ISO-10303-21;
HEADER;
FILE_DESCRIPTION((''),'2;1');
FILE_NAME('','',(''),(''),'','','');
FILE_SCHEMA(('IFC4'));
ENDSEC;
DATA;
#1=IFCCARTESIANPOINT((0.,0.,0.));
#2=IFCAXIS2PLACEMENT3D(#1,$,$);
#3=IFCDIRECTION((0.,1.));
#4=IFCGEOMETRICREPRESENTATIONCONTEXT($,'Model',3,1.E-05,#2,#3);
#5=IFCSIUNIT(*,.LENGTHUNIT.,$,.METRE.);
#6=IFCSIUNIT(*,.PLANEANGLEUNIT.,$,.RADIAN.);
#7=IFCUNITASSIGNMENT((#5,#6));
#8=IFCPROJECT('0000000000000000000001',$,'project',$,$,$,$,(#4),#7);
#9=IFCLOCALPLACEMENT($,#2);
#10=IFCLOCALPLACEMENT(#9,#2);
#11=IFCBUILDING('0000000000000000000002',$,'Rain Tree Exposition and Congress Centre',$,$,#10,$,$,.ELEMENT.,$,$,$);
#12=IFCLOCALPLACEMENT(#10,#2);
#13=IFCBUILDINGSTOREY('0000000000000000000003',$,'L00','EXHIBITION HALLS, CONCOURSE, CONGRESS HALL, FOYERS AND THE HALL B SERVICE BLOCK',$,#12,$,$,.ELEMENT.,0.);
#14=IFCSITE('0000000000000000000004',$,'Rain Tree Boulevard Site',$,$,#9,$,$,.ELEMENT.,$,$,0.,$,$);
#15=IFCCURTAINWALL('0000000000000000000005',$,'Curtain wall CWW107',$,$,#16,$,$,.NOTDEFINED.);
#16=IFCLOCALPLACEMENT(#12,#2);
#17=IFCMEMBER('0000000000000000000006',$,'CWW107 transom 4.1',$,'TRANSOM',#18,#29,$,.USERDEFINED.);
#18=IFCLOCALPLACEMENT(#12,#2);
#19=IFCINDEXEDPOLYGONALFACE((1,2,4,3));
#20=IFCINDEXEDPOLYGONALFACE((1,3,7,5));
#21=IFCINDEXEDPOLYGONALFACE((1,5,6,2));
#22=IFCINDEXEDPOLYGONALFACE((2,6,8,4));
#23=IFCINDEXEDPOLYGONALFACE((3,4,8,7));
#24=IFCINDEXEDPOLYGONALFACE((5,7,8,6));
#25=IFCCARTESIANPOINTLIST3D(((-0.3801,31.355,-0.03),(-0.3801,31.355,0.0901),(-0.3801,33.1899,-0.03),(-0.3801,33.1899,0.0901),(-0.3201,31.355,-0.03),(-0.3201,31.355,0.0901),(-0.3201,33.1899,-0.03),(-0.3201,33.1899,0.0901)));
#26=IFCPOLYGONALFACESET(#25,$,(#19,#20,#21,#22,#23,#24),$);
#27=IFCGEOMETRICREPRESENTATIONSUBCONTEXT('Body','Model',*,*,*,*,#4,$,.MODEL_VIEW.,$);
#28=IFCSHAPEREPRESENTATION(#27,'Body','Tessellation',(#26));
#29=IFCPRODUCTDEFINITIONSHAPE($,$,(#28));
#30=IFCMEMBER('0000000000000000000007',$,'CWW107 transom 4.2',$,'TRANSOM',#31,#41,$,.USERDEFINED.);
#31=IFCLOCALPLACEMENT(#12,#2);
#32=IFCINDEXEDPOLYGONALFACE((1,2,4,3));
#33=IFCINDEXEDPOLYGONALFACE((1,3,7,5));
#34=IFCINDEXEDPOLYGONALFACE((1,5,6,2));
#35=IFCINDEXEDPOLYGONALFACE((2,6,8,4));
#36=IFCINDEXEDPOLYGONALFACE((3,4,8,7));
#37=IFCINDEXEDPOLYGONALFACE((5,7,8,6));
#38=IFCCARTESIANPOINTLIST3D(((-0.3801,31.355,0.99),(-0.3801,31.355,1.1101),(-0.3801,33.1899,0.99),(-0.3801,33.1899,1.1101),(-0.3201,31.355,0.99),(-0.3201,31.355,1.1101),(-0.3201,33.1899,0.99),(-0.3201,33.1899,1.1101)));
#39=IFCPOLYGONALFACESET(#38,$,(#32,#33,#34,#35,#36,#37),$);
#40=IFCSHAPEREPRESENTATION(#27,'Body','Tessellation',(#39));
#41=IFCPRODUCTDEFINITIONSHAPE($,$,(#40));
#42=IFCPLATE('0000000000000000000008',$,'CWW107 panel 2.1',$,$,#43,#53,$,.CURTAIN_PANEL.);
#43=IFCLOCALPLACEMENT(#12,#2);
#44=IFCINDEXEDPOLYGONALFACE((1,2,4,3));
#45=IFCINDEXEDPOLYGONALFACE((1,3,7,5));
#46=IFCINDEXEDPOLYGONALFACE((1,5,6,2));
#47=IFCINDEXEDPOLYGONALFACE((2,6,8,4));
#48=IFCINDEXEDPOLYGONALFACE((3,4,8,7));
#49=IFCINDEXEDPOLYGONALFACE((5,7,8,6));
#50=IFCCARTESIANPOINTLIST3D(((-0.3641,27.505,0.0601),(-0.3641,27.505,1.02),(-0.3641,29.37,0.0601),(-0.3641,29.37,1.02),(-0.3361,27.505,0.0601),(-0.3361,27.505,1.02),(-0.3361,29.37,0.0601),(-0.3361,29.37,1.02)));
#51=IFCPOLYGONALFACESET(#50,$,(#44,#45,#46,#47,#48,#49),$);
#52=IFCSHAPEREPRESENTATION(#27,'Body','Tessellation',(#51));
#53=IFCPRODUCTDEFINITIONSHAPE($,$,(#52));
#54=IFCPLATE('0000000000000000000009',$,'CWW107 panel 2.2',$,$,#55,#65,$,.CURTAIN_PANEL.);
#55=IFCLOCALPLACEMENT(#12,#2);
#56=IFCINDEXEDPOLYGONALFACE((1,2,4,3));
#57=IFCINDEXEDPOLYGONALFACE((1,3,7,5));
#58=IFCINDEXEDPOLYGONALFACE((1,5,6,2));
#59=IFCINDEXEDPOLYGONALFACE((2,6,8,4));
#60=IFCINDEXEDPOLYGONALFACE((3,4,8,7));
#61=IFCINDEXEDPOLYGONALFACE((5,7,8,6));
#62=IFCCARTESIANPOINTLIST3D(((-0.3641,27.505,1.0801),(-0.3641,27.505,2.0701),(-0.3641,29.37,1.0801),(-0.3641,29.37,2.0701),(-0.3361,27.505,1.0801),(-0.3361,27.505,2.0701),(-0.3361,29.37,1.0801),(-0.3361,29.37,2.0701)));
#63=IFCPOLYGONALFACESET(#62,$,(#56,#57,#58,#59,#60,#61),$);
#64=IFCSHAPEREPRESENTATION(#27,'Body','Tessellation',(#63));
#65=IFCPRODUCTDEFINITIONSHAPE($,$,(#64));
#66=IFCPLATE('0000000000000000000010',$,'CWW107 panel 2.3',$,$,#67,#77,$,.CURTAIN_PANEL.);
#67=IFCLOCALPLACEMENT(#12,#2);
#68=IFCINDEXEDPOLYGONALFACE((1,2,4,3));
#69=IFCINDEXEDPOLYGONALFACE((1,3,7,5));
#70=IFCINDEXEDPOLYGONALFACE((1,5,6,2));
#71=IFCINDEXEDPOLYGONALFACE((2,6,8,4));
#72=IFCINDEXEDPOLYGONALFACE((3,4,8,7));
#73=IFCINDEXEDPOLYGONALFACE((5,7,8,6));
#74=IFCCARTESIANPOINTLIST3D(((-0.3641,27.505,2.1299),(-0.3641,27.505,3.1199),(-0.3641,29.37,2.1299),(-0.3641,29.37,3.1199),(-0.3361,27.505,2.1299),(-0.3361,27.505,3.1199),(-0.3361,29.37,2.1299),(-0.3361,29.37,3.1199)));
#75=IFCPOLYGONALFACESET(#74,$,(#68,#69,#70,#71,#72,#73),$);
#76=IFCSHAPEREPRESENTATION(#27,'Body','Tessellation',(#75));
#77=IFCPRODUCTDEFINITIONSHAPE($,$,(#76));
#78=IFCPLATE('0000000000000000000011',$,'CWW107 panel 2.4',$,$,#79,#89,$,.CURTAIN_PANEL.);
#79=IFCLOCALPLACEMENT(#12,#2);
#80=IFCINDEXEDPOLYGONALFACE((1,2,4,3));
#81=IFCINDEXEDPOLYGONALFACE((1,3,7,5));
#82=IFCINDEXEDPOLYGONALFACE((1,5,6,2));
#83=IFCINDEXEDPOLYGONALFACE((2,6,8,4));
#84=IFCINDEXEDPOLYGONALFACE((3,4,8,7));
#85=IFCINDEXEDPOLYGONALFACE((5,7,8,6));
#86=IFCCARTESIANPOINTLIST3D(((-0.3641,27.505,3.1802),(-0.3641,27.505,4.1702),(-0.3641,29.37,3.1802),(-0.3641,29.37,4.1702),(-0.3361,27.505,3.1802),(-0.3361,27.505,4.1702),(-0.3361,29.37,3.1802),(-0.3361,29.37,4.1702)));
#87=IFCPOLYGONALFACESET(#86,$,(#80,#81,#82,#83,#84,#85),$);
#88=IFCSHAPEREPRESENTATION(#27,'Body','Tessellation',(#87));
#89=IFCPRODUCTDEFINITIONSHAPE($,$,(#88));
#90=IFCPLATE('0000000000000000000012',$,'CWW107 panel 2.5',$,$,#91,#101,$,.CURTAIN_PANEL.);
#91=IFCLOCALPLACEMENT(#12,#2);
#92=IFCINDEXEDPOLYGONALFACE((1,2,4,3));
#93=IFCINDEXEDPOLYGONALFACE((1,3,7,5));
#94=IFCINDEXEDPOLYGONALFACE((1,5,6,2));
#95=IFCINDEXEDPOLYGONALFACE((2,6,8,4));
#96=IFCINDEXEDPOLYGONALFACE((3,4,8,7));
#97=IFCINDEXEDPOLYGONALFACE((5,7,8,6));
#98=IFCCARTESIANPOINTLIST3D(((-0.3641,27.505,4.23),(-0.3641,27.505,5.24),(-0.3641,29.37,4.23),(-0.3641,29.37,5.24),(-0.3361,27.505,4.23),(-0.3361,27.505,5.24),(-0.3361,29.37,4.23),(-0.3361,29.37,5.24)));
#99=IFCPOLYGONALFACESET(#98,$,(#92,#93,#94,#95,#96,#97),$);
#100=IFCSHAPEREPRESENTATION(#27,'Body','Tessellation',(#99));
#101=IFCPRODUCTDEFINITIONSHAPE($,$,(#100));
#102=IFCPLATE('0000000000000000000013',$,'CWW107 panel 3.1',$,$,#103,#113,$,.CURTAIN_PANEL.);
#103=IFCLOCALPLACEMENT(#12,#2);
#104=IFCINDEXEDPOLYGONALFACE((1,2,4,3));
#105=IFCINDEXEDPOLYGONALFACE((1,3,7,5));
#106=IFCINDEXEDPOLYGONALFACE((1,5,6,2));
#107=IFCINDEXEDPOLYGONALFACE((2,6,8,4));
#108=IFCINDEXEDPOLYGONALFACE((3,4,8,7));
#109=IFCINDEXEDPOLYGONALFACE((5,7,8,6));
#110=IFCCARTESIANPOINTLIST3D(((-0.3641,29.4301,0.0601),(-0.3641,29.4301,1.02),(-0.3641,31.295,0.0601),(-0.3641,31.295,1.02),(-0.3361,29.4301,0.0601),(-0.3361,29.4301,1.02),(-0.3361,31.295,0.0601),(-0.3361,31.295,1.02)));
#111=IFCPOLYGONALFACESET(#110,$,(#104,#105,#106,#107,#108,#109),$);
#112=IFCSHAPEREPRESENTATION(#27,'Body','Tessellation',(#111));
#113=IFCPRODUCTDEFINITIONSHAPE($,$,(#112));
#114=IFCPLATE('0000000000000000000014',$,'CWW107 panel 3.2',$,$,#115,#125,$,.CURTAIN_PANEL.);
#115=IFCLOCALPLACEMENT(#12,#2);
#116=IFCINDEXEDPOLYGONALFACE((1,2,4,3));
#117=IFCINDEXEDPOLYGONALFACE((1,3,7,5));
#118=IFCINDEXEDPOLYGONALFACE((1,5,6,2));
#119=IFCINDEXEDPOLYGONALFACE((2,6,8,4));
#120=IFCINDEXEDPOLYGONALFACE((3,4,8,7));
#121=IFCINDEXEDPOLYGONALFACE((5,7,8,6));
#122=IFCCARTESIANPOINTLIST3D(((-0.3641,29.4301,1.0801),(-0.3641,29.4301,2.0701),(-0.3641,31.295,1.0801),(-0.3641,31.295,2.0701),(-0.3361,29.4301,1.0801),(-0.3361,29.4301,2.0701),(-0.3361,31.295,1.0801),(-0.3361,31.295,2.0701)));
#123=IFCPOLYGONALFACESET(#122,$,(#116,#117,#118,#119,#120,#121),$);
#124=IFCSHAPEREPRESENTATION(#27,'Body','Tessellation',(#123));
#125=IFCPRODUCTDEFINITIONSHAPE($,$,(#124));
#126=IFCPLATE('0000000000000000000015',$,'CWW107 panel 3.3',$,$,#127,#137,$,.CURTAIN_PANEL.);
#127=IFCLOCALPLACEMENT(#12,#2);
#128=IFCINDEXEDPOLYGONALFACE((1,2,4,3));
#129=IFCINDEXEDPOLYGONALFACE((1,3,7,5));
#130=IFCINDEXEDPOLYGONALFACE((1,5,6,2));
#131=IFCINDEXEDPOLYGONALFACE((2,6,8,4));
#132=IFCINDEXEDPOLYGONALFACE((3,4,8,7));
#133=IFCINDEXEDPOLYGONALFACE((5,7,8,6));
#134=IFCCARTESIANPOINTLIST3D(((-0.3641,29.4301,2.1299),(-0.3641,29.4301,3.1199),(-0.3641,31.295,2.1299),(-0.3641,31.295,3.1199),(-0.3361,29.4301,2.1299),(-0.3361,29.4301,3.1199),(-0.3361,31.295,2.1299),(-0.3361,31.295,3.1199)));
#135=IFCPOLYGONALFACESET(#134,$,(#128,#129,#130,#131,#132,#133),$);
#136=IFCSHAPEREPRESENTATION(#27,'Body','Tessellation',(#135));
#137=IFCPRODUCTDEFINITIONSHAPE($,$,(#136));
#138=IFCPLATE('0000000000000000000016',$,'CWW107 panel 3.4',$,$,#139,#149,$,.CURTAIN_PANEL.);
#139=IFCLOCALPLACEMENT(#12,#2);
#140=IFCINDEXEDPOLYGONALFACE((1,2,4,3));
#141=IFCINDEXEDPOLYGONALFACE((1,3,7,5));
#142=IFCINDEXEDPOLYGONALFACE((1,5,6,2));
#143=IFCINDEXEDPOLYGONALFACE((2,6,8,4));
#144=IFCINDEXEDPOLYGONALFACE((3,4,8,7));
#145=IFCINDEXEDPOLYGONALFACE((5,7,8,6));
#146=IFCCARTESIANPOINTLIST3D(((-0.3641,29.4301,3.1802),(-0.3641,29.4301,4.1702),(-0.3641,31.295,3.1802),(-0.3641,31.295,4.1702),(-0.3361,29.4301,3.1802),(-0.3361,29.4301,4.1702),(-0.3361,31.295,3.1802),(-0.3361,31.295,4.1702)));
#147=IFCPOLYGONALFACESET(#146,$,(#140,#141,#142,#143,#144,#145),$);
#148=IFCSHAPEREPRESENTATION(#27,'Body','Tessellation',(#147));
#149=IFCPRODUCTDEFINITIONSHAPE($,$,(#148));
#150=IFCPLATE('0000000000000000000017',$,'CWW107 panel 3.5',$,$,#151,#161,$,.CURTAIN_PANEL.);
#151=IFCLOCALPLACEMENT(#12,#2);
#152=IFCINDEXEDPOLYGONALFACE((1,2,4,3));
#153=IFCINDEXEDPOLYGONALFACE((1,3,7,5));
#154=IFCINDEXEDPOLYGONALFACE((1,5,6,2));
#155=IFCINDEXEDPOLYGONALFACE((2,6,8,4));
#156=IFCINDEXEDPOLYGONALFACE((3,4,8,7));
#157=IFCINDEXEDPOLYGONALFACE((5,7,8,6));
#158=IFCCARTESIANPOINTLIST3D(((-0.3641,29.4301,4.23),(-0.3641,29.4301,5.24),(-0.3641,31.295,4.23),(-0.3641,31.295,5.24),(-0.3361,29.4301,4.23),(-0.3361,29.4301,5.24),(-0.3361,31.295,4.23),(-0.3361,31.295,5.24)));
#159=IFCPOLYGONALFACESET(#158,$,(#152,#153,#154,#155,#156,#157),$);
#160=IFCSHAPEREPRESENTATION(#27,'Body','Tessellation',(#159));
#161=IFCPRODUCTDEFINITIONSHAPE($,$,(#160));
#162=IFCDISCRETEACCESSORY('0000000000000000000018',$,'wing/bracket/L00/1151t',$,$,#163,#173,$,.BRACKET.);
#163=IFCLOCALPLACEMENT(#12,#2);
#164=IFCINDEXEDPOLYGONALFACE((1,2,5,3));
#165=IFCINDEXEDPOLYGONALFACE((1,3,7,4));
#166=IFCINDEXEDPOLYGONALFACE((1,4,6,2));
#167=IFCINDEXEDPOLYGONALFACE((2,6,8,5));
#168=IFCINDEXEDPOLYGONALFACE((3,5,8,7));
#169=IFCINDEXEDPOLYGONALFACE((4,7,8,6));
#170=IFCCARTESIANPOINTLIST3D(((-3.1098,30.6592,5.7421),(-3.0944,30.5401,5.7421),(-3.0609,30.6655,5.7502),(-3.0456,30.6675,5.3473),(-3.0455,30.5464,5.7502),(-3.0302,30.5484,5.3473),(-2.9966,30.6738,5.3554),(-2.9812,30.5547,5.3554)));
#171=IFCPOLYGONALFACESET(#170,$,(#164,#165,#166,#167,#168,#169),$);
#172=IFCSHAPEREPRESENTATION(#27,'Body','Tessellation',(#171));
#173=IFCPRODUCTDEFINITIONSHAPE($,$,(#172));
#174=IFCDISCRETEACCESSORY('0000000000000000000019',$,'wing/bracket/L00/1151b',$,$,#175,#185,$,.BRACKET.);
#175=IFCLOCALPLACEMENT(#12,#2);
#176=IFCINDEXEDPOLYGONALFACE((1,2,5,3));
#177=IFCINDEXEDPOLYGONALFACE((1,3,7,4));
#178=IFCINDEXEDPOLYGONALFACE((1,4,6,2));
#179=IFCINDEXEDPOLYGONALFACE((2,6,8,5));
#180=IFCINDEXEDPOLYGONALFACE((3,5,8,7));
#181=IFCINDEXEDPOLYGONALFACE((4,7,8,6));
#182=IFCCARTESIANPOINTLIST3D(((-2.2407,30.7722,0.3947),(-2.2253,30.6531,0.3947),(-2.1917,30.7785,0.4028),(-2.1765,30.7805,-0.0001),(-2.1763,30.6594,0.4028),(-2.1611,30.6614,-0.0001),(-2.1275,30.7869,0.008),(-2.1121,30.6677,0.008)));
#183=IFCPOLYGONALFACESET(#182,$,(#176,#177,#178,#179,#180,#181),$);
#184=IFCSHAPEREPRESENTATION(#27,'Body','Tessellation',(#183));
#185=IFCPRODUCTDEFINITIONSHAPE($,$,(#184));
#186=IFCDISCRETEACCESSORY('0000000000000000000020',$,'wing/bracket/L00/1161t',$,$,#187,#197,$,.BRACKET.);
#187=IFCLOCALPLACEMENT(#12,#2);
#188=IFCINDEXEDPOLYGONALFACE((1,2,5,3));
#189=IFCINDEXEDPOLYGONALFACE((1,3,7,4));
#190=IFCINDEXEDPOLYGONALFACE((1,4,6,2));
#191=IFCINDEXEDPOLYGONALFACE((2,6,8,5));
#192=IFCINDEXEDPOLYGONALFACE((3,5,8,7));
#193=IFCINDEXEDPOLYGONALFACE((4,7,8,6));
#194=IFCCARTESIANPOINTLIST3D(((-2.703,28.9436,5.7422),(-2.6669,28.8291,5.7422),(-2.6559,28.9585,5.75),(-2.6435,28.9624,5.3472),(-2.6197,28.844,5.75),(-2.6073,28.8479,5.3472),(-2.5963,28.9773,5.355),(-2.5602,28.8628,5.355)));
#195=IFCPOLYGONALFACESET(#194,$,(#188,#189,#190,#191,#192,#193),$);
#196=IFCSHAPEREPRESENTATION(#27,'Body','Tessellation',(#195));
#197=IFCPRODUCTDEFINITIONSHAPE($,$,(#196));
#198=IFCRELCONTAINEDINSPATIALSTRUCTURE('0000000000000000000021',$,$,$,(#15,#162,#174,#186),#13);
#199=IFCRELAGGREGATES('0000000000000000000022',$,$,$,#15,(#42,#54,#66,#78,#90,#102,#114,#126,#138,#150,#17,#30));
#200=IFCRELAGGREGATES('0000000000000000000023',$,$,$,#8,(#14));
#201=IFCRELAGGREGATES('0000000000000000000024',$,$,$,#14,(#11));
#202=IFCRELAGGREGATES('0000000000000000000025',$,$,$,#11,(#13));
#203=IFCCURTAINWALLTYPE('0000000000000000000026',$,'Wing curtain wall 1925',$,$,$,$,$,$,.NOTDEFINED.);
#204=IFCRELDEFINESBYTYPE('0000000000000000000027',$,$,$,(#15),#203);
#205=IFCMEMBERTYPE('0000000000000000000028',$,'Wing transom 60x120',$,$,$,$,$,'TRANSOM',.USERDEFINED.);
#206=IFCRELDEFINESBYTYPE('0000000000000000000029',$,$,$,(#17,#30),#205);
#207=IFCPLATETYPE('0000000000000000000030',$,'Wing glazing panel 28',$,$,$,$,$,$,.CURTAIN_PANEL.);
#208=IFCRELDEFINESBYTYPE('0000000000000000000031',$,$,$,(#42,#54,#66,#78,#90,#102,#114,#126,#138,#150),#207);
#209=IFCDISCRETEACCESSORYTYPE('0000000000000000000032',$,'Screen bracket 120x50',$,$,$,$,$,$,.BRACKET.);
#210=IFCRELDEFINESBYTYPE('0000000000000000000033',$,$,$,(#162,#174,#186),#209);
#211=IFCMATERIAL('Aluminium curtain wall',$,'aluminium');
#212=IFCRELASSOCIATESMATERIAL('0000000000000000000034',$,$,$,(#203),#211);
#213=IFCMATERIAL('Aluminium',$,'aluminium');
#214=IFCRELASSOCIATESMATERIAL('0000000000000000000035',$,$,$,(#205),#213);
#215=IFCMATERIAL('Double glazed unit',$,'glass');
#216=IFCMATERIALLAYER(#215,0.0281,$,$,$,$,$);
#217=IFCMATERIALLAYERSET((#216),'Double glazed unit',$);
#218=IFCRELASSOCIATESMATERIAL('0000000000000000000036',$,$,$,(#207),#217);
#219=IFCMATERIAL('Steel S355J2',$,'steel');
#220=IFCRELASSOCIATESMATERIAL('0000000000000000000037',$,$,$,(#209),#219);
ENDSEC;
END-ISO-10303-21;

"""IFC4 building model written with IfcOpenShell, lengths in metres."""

from ifc_helpers import new_model, si_unit, direction, frame, origin, origin_2d, place, context, subcontext, project, spatial, rectangle, extrude, material, layer, layer_set, material_profile, profile_set, type_object, element, aggregate, save


model = new_model("IFC4")

# Units and contexts
model_context = context("Model", 3, precision=1e-05, world=origin(), true_north=direction((0.0, 1.0)))
body_context = subcontext(model_context, "Body", "Model", "MODEL_VIEW")
ifc_project = project(units=[si_unit("LENGTHUNIT", "METRE"), si_unit("PLANEANGLEUNIT", "RADIAN")], contexts=[model_context])

# Site, building, storey
site_placement = place(None, origin())
site = spatial("IfcSite", under=ifc_project, at=site_placement, Name="Rain Tree Boulevard Site", CompositionType="ELEMENT", RefElevation=0.0)
building_placement = place(site_placement, origin())
building = spatial("IfcBuilding", under=site, at=building_placement, Name="Rain Tree Exposition and Congress Centre", CompositionType="ELEMENT")
storey_placement = place(building_placement, origin())
storey = spatial("IfcBuildingStorey", under=building, at=storey_placement, Name="L00", Description="EXHIBITION HALLS, CONCOURSE, CONGRESS HALL, FOYERS AND THE HALL B SERVICE BLOCK", CompositionType="ELEMENT", Elevation=0.0)

# Curtain wall, members, plates
ifc_material_1 = material(Name="Aluminium curtain wall", Category="aluminium")
curtain_wall_type = type_object("IfcCurtainWallType", Name="Wing curtain wall 1925", PredefinedType="NOTDEFINED", material=ifc_material_1)
curtain_wall_placement = place(storey_placement, origin())
curtain_wall = element("IfcCurtainWall", 1, at=curtain_wall_placement, inside=storey, type_object=curtain_wall_type, Name="Curtain wall CWW107", PredefinedType="NOTDEFINED")
ifc_material_2 = material(Name="Aluminium", Category="aluminium")
ifc_material_profile_1 = material_profile(ifc_material_2, rectangle(XDim=0.0601, YDim=0.1201, at=origin_2d()), Name="Aluminium 60x120")
ifc_profile_set_1 = profile_set([ifc_material_profile_1], Name="Aluminium")
member_type_1 = type_object("IfcMemberType", Name="Wing transom 60x120", ElementType="TRANSOM", PredefinedType="USERDEFINED", material=ifc_profile_set_1)
member_1_placement = place(storey_placement, frame((-0.3501, 31.355, 0.03), z_axis=(0.0, 1.0, 0.0), x_axis=(-1.0, 0.0, 0.0)))
member_1 = element("IfcMember", 2, at=member_1_placement, type_object=member_type_1, Name="CWW107 transom 4.1", ObjectType="TRANSOM", PredefinedType="USERDEFINED", context=body_context, shape_type="SweptSolid", body=[
    extrude(rectangle(XDim=0.0601, YDim=0.1201, at=origin_2d()), origin(), (0.0, 0.0, 1.0), 1.835),
])
member_2_placement = place(storey_placement, frame((-0.3501, 31.355, 1.05), z_axis=(0.0, 1.0, 0.0), x_axis=(-1.0, 0.0, 0.0)))
member_2 = element("IfcMember", 3, at=member_2_placement, type_object=member_type_1, Name="CWW107 transom 4.2", ObjectType="TRANSOM", PredefinedType="USERDEFINED", context=body_context, shape_type="SweptSolid", body=[
    extrude(rectangle(XDim=0.0601, YDim=0.1201, at=origin_2d()), origin(), (0.0, 0.0, 1.0), 1.835),
])
ifc_material_3 = material(Name="Double glazed unit", Category="glass")
ifc_layer_1 = layer(ifc_material_3, 0.0281)
ifc_layer_set_1 = layer_set([ifc_layer_1], Name="Double glazed unit")
plate_type = type_object("IfcPlateType", Name="Wing glazing panel 28", PredefinedType="CURTAIN_PANEL", material=ifc_layer_set_1)
plate_1_placement = place(storey_placement, frame((-0.3501, 28.4375, 0.0601), z_axis=(0.0, 0.0, 1.0), x_axis=(0.0, 1.0, 0.0)))
plate_1 = element("IfcPlate", 4, at=plate_1_placement, type_object=plate_type, Name="CWW107 panel 2.1", PredefinedType="CURTAIN_PANEL", context=body_context, shape_type="SweptSolid", body=[
    extrude(rectangle(XDim=1.865, YDim=0.0281, at=origin_2d()), origin(), (0.0, 0.0, 1.0), 0.96),
])
plate_2_placement = place(storey_placement, frame((-0.3501, 28.4375, 1.0801), z_axis=(0.0, 0.0, 1.0), x_axis=(0.0, 1.0, 0.0)))
plate_2 = element("IfcPlate", 5, at=plate_2_placement, type_object=plate_type, Name="CWW107 panel 2.2", PredefinedType="CURTAIN_PANEL", context=body_context, shape_type="SweptSolid", body=[
    extrude(rectangle(XDim=1.865, YDim=0.0281, at=origin_2d()), origin(), (0.0, 0.0, 1.0), 0.99),
])
plate_3_placement = place(storey_placement, frame((-0.3501, 28.4375, 2.1299), z_axis=(0.0, 0.0, 1.0), x_axis=(0.0, 1.0, 0.0)))
plate_3 = element("IfcPlate", 6, at=plate_3_placement, type_object=plate_type, Name="CWW107 panel 2.3", PredefinedType="CURTAIN_PANEL", context=body_context, shape_type="SweptSolid", body=[
    extrude(rectangle(XDim=1.865, YDim=0.0281, at=origin_2d()), origin(), (0.0, 0.0, 1.0), 0.99),
])
plate_4_placement = place(storey_placement, frame((-0.3501, 28.4375, 3.1802), z_axis=(0.0, 0.0, 1.0), x_axis=(0.0, 1.0, 0.0)))
plate_4 = element("IfcPlate", 7, at=plate_4_placement, type_object=plate_type, Name="CWW107 panel 2.4", PredefinedType="CURTAIN_PANEL", context=body_context, shape_type="SweptSolid", body=[
    extrude(rectangle(XDim=1.865, YDim=0.0281, at=origin_2d()), origin(), (0.0, 0.0, 1.0), 0.99),
])
plate_5_placement = place(storey_placement, frame((-0.3501, 28.4375, 4.23), z_axis=(0.0, 0.0, 1.0), x_axis=(0.0, 1.0, 0.0)))
plate_5 = element("IfcPlate", 8, at=plate_5_placement, type_object=plate_type, Name="CWW107 panel 2.5", PredefinedType="CURTAIN_PANEL", context=body_context, shape_type="SweptSolid", body=[
    extrude(rectangle(XDim=1.865, YDim=0.0281, at=origin_2d()), origin(), (0.0, 0.0, 1.0), 1.01),
])
plate_6_placement = place(storey_placement, frame((-0.3501, 30.3625, 0.0601), z_axis=(0.0, 0.0, 1.0), x_axis=(0.0, 1.0, 0.0)))
plate_6 = element("IfcPlate", 9, at=plate_6_placement, type_object=plate_type, Name="CWW107 panel 3.1", PredefinedType="CURTAIN_PANEL", context=body_context, shape_type="SweptSolid", body=[
    extrude(rectangle(XDim=1.865, YDim=0.0281, at=origin_2d()), origin(), (0.0, 0.0, 1.0), 0.96),
])
plate_7_placement = place(storey_placement, frame((-0.3501, 30.3625, 1.0801), z_axis=(0.0, 0.0, 1.0), x_axis=(0.0, 1.0, 0.0)))
plate_7 = element("IfcPlate", 10, at=plate_7_placement, type_object=plate_type, Name="CWW107 panel 3.2", PredefinedType="CURTAIN_PANEL", context=body_context, shape_type="SweptSolid", body=[
    extrude(rectangle(XDim=1.865, YDim=0.0281, at=origin_2d()), origin(), (0.0, 0.0, 1.0), 0.99),
])
plate_8_placement = place(storey_placement, frame((-0.3501, 30.3625, 2.1299), z_axis=(0.0, 0.0, 1.0), x_axis=(0.0, 1.0, 0.0)))
plate_8 = element("IfcPlate", 11, at=plate_8_placement, type_object=plate_type, Name="CWW107 panel 3.3", PredefinedType="CURTAIN_PANEL", context=body_context, shape_type="SweptSolid", body=[
    extrude(rectangle(XDim=1.865, YDim=0.0281, at=origin_2d()), origin(), (0.0, 0.0, 1.0), 0.99),
])
plate_9_placement = place(storey_placement, frame((-0.3501, 30.3625, 3.1802), z_axis=(0.0, 0.0, 1.0), x_axis=(0.0, 1.0, 0.0)))
plate_9 = element("IfcPlate", 12, at=plate_9_placement, type_object=plate_type, Name="CWW107 panel 3.4", PredefinedType="CURTAIN_PANEL", context=body_context, shape_type="SweptSolid", body=[
    extrude(rectangle(XDim=1.865, YDim=0.0281, at=origin_2d()), origin(), (0.0, 0.0, 1.0), 0.99),
])
plate_10_placement = place(storey_placement, frame((-0.3501, 30.3625, 4.23), z_axis=(0.0, 0.0, 1.0), x_axis=(0.0, 1.0, 0.0)))
plate_10 = element("IfcPlate", 13, at=plate_10_placement, type_object=plate_type, Name="CWW107 panel 3.5", PredefinedType="CURTAIN_PANEL", context=body_context, shape_type="SweptSolid", body=[
    extrude(rectangle(XDim=1.865, YDim=0.0281, at=origin_2d()), origin(), (0.0, 0.0, 1.0), 1.01),
])
aggregate(curtain_wall, [plate_1, plate_2, plate_3, plate_4, plate_5, plate_6, plate_7, plate_8, plate_9, plate_10, member_1, member_2])

# Discrete accessories
ifc_material_4 = material(Name="Steel S355J2", Category="steel")
ifc_material_profile_2 = material_profile(ifc_material_4, rectangle(XDim=0.1201, YDim=0.05, at=origin_2d()), Name="Flat bar 120x50")
ifc_profile_set_2 = profile_set([ifc_material_profile_2], Name="Steel S355J2")
discrete_accessory_type = type_object("IfcDiscreteAccessoryType", Name="Screen bracket 120x50", PredefinedType="BRACKET", material=ifc_profile_set_2)
for number, where, z_axis, x_axis, name in (
    (14, (-3.0134, 30.6111, 5.3513), (-0.160503, -0.020749, 0.986817), (0.128211, -0.991747, 0.0), "wing/bracket/L00/1151t"),
    (15, (-2.1443, 30.7241, 0.0039), (-0.160503, -0.020749, 0.986817), (0.128211, -0.991747, 0.0), "wing/bracket/L00/1151b"),
):
    element("IfcDiscreteAccessory", number, at=place(storey_placement, frame(where, z_axis=z_axis, x_axis=x_axis)), inside=storey, type_object=discrete_accessory_type, Name=name, PredefinedType="BRACKET", context=body_context, shape_type="SweptSolid", body=[
        extrude(rectangle(XDim=0.1201, YDim=0.05, at=origin_2d()), origin(), (0.0, 0.0, 1.0), 0.4001),
    ])
for number, where, z_axis, x_axis, name in (
    (16, (-2.6018, 28.9126, 5.3511), (-0.148953, -0.047006, 0.987726), (0.300944, -0.953642, 0.0), "wing/bracket/L00/1161t"),
):
    element("IfcDiscreteAccessory", number, at=place(storey_placement, frame(where, z_axis=z_axis, x_axis=x_axis)), inside=storey, type_object=discrete_accessory_type, Name=name, PredefinedType="BRACKET", context=body_context, shape_type="SweptSolid", body=[
        extrude(rectangle(XDim=0.1201, YDim=0.05, at=origin_2d()), origin(), (0.0, 0.0, 1.0), 0.3999),
    ])

save(model, "model.ifc")
